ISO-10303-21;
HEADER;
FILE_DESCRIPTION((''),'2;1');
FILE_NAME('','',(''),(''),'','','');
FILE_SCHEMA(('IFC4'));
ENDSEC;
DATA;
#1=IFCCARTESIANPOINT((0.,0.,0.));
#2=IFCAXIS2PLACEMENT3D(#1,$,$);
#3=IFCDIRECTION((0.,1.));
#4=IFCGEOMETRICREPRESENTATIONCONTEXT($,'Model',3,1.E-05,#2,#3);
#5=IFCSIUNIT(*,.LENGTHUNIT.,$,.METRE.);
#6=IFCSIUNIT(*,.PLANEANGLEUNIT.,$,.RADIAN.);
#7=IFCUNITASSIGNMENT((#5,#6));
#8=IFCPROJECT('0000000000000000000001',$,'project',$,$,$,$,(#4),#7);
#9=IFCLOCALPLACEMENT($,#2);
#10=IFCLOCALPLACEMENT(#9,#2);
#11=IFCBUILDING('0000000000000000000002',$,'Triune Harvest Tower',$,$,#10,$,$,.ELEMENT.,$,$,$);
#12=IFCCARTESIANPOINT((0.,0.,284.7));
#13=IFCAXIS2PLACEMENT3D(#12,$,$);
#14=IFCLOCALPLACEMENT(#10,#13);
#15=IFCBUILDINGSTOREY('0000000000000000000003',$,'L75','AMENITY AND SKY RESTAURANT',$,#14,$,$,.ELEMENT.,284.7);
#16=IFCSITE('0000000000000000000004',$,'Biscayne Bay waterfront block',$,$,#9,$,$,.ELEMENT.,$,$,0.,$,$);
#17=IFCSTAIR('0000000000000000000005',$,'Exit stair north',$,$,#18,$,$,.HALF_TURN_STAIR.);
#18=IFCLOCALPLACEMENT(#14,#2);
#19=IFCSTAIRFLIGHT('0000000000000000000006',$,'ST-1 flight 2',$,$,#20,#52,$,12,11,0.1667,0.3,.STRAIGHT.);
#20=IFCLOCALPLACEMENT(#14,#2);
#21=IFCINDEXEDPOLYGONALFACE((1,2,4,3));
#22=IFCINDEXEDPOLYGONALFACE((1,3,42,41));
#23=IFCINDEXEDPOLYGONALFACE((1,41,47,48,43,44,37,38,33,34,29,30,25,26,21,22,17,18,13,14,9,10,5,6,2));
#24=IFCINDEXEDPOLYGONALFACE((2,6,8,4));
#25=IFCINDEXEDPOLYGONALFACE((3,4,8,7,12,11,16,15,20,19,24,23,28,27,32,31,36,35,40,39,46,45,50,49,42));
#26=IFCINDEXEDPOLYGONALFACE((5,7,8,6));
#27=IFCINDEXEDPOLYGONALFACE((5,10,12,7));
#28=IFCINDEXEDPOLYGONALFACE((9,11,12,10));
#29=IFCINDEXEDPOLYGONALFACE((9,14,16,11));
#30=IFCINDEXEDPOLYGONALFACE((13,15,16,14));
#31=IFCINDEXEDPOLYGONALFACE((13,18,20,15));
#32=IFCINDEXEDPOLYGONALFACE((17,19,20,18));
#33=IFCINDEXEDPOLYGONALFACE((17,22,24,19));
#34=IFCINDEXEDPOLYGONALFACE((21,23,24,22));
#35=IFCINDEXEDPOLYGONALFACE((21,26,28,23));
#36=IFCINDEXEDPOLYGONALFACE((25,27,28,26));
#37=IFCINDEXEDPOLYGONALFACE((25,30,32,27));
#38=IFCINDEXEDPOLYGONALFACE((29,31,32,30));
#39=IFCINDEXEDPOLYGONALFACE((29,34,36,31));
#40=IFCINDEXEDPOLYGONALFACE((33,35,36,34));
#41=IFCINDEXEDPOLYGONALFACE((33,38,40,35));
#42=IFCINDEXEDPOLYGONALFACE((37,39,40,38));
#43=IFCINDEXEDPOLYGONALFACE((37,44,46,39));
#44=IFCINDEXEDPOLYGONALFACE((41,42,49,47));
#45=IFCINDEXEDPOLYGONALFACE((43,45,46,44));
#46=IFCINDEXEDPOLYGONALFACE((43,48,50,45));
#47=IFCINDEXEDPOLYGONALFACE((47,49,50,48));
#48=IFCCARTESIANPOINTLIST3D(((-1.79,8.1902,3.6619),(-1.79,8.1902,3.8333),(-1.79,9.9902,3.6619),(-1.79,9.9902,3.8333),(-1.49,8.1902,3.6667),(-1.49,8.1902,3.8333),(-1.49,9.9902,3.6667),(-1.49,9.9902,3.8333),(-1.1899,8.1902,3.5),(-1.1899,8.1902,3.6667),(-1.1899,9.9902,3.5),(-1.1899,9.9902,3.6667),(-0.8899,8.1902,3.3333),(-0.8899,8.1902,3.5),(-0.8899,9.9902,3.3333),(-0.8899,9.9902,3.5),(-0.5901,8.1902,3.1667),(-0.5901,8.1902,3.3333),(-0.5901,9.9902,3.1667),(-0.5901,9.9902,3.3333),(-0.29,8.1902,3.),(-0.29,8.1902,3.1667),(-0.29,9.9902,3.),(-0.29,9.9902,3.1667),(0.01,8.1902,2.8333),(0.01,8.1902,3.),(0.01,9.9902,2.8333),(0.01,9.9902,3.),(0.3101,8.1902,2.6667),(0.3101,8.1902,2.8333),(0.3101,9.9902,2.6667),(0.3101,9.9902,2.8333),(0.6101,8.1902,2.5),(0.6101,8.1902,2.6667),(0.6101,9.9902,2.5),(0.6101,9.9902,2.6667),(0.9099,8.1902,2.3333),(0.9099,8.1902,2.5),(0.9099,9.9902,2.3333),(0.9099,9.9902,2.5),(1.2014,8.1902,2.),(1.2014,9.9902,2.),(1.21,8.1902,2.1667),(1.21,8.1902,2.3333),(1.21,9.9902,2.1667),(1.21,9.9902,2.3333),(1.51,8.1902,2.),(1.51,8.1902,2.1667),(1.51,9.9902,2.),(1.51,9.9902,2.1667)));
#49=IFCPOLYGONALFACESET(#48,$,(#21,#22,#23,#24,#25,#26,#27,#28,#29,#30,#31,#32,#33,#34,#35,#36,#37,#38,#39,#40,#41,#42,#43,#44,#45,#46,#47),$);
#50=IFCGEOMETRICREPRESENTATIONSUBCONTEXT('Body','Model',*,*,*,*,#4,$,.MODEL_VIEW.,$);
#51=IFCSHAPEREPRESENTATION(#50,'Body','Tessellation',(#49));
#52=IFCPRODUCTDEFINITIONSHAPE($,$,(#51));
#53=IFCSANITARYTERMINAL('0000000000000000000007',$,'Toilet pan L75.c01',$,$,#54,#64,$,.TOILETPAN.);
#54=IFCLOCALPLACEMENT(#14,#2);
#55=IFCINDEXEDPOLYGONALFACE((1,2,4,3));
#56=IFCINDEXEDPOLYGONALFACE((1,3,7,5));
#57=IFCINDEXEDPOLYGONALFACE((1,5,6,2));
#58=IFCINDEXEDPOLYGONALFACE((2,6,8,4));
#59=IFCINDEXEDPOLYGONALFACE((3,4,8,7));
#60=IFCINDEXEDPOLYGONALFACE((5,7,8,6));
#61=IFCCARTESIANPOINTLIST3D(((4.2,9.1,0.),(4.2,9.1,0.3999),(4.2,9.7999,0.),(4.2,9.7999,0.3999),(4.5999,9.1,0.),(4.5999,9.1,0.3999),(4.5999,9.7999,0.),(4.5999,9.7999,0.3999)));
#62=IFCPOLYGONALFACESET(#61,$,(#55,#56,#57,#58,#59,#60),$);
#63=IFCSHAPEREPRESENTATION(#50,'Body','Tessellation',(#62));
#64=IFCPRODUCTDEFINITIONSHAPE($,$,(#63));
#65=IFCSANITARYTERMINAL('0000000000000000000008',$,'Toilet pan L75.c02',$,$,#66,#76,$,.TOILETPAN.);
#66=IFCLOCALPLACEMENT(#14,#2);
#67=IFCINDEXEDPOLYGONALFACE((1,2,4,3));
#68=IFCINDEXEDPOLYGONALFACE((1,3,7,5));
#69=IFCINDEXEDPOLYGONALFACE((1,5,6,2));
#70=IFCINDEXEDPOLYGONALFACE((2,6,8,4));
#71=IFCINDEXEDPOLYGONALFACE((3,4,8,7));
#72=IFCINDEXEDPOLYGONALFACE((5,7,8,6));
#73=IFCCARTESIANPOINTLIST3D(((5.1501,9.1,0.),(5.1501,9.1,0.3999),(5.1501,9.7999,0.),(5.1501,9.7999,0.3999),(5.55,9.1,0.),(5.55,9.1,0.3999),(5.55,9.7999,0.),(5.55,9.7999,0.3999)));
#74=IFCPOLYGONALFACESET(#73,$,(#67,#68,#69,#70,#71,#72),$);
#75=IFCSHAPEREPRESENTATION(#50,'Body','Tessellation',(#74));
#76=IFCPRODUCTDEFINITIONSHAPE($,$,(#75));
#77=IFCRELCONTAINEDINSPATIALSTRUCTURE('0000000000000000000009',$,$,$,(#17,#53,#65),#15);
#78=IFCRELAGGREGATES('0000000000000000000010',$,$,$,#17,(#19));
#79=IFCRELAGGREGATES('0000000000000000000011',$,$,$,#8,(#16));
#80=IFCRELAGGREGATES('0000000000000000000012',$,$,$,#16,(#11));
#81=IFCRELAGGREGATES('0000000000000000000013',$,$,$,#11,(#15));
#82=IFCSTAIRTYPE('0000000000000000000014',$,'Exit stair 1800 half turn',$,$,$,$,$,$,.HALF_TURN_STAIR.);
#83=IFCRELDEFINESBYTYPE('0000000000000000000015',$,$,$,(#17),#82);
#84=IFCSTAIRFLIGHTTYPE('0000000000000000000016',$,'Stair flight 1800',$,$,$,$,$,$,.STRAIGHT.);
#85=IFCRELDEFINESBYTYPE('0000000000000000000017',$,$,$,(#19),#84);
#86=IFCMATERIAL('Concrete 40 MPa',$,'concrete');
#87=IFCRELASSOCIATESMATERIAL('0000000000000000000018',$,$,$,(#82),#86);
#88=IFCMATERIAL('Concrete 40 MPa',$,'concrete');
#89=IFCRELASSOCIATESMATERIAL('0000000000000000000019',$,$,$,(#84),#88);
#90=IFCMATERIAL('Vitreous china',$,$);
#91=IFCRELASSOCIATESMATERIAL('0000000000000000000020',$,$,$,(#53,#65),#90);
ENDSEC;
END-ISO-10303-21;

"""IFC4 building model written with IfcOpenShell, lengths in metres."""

from ifc_helpers import new_model, si_unit, direction, frame, origin, origin_2d, place, context, subcontext, project, spatial, polyline, rectangle, outline, extrude, source, transform, mapped, material, type_object, element, aggregate, save


model = new_model("IFC4")

# Units and contexts
model_context = context("Model", 3, precision=1e-05, world=origin(), true_north=direction((0.0, 1.0)))
body_context = subcontext(model_context, "Body", "Model", "MODEL_VIEW")
ifc_project = project(units=[si_unit("LENGTHUNIT", "METRE"), si_unit("PLANEANGLEUNIT", "RADIAN")], contexts=[model_context])

# Site, building, storey
site_placement = place(None, origin())
site = spatial("IfcSite", under=ifc_project, at=site_placement, Name="Biscayne Bay waterfront block", CompositionType="ELEMENT", RefElevation=0.0)
building_placement = place(site_placement, origin())
building = spatial("IfcBuilding", under=site, at=building_placement, Name="Triune Harvest Tower", CompositionType="ELEMENT")
storey_placement = place(building_placement, frame((0.0, 0.0, 284.7)))
storey = spatial("IfcBuildingStorey", under=building, at=storey_placement, Name="L75", Description="AMENITY AND SKY RESTAURANT", CompositionType="ELEMENT", Elevation=284.7)

# Stair, stair flight
ifc_material_1 = material(Name="Concrete 40 MPa", Category="concrete")
stair_type = type_object("IfcStairType", Name="Exit stair 1800 half turn", PredefinedType="HALF_TURN_STAIR", material=ifc_material_1)
stair_placement = place(storey_placement, origin())
stair = element("IfcStair", 1, at=stair_placement, inside=storey, type_object=stair_type, Name="Exit stair north", PredefinedType="HALF_TURN_STAIR")
ifc_material_2 = material(Name="Concrete 40 MPa", Category="concrete")
stair_flight_type = type_object("IfcStairFlightType", Name="Stair flight 1800", PredefinedType="STRAIGHT", material=ifc_material_2)
shared_shape_1 = source(origin(), body_context, "Body", "SweptSolid", [
    extrude(outline(polyline([(0.0, 0.0), (0.0, 0.1667), (0.3, 0.1667), (0.3, 0.3333), (0.6001, 0.3333), (0.6001, 0.5), (0.8999, 0.5), (0.8999, 0.6667), (1.2, 0.6667), (1.2, 0.8333), (1.5, 0.8333), (1.5, 1.0), (1.8, 1.0), (1.8, 1.1667), (2.1001, 1.1667), (2.1001, 1.3333), (2.3999, 1.3333), (2.3999, 1.5), (2.7, 1.5), (2.7, 1.6667), (3.0, 1.6667), (3.0, 1.8333), (3.3, 1.8333), (3.3, 2.0), (3.3, 1.6619), (0.3086, 0.0), (0.0, 0.0)])), frame((0.0, 0.8999, 0.0), z_axis=(0.0, -1.0, 0.0), x_axis=(1.0, 0.0, 0.0)), (0.0, 0.0, 1.0), 1.8),
])
stair_flight_placement = place(storey_placement, frame((1.51, 9.0901, 2.0), z_axis=(0.0, 0.0, 1.0), x_axis=(-1.0, 0.0, 0.0)))
stair_flight = element("IfcStairFlight", 2, at=stair_flight_placement, type_object=stair_flight_type, Name="ST-1 flight 2", NumberOfRisers=12, NumberOfTreads=11, PredefinedType="STRAIGHT", RiserHeight=0.1667, TreadLength=0.3, context=body_context, shape_type="MappedRepresentation", body=[
    mapped(shared_shape_1, transform((0.0, 0.0, 0.0), scale=1.0)),
])
aggregate(stair, [stair_flight])

# Sanitary terminals
ifc_material_3 = material(Name="Vitreous china")
shared_shape_2 = source(origin(), body_context, "Body", "SweptSolid", [
    extrude(rectangle(XDim=0.3999, YDim=0.7, at=origin_2d()), origin(), (0.0, 0.0, 1.0), 0.3999),
])
for number, where, z_axis, x_axis, name in (
    (3, (4.3999, 9.45, 0.0), (0.0, 0.0, 1.0), (1.0, 0.0, 0.0), "Toilet pan L75.c01"),
    (4, (5.3501, 9.45, 0.0), (0.0, 0.0, 1.0), (1.0, 0.0, 0.0), "Toilet pan L75.c02"),
):
    element("IfcSanitaryTerminal", number, at=place(storey_placement, frame(where, z_axis=z_axis, x_axis=x_axis)), inside=storey, material=ifc_material_3, Name=name, PredefinedType="TOILETPAN", context=body_context, shape_type="MappedRepresentation", body=[
        mapped(shared_shape_2, transform((0.0, 0.0, 0.0), scale=1.0)),
    ])

save(model, "model.ifc")
